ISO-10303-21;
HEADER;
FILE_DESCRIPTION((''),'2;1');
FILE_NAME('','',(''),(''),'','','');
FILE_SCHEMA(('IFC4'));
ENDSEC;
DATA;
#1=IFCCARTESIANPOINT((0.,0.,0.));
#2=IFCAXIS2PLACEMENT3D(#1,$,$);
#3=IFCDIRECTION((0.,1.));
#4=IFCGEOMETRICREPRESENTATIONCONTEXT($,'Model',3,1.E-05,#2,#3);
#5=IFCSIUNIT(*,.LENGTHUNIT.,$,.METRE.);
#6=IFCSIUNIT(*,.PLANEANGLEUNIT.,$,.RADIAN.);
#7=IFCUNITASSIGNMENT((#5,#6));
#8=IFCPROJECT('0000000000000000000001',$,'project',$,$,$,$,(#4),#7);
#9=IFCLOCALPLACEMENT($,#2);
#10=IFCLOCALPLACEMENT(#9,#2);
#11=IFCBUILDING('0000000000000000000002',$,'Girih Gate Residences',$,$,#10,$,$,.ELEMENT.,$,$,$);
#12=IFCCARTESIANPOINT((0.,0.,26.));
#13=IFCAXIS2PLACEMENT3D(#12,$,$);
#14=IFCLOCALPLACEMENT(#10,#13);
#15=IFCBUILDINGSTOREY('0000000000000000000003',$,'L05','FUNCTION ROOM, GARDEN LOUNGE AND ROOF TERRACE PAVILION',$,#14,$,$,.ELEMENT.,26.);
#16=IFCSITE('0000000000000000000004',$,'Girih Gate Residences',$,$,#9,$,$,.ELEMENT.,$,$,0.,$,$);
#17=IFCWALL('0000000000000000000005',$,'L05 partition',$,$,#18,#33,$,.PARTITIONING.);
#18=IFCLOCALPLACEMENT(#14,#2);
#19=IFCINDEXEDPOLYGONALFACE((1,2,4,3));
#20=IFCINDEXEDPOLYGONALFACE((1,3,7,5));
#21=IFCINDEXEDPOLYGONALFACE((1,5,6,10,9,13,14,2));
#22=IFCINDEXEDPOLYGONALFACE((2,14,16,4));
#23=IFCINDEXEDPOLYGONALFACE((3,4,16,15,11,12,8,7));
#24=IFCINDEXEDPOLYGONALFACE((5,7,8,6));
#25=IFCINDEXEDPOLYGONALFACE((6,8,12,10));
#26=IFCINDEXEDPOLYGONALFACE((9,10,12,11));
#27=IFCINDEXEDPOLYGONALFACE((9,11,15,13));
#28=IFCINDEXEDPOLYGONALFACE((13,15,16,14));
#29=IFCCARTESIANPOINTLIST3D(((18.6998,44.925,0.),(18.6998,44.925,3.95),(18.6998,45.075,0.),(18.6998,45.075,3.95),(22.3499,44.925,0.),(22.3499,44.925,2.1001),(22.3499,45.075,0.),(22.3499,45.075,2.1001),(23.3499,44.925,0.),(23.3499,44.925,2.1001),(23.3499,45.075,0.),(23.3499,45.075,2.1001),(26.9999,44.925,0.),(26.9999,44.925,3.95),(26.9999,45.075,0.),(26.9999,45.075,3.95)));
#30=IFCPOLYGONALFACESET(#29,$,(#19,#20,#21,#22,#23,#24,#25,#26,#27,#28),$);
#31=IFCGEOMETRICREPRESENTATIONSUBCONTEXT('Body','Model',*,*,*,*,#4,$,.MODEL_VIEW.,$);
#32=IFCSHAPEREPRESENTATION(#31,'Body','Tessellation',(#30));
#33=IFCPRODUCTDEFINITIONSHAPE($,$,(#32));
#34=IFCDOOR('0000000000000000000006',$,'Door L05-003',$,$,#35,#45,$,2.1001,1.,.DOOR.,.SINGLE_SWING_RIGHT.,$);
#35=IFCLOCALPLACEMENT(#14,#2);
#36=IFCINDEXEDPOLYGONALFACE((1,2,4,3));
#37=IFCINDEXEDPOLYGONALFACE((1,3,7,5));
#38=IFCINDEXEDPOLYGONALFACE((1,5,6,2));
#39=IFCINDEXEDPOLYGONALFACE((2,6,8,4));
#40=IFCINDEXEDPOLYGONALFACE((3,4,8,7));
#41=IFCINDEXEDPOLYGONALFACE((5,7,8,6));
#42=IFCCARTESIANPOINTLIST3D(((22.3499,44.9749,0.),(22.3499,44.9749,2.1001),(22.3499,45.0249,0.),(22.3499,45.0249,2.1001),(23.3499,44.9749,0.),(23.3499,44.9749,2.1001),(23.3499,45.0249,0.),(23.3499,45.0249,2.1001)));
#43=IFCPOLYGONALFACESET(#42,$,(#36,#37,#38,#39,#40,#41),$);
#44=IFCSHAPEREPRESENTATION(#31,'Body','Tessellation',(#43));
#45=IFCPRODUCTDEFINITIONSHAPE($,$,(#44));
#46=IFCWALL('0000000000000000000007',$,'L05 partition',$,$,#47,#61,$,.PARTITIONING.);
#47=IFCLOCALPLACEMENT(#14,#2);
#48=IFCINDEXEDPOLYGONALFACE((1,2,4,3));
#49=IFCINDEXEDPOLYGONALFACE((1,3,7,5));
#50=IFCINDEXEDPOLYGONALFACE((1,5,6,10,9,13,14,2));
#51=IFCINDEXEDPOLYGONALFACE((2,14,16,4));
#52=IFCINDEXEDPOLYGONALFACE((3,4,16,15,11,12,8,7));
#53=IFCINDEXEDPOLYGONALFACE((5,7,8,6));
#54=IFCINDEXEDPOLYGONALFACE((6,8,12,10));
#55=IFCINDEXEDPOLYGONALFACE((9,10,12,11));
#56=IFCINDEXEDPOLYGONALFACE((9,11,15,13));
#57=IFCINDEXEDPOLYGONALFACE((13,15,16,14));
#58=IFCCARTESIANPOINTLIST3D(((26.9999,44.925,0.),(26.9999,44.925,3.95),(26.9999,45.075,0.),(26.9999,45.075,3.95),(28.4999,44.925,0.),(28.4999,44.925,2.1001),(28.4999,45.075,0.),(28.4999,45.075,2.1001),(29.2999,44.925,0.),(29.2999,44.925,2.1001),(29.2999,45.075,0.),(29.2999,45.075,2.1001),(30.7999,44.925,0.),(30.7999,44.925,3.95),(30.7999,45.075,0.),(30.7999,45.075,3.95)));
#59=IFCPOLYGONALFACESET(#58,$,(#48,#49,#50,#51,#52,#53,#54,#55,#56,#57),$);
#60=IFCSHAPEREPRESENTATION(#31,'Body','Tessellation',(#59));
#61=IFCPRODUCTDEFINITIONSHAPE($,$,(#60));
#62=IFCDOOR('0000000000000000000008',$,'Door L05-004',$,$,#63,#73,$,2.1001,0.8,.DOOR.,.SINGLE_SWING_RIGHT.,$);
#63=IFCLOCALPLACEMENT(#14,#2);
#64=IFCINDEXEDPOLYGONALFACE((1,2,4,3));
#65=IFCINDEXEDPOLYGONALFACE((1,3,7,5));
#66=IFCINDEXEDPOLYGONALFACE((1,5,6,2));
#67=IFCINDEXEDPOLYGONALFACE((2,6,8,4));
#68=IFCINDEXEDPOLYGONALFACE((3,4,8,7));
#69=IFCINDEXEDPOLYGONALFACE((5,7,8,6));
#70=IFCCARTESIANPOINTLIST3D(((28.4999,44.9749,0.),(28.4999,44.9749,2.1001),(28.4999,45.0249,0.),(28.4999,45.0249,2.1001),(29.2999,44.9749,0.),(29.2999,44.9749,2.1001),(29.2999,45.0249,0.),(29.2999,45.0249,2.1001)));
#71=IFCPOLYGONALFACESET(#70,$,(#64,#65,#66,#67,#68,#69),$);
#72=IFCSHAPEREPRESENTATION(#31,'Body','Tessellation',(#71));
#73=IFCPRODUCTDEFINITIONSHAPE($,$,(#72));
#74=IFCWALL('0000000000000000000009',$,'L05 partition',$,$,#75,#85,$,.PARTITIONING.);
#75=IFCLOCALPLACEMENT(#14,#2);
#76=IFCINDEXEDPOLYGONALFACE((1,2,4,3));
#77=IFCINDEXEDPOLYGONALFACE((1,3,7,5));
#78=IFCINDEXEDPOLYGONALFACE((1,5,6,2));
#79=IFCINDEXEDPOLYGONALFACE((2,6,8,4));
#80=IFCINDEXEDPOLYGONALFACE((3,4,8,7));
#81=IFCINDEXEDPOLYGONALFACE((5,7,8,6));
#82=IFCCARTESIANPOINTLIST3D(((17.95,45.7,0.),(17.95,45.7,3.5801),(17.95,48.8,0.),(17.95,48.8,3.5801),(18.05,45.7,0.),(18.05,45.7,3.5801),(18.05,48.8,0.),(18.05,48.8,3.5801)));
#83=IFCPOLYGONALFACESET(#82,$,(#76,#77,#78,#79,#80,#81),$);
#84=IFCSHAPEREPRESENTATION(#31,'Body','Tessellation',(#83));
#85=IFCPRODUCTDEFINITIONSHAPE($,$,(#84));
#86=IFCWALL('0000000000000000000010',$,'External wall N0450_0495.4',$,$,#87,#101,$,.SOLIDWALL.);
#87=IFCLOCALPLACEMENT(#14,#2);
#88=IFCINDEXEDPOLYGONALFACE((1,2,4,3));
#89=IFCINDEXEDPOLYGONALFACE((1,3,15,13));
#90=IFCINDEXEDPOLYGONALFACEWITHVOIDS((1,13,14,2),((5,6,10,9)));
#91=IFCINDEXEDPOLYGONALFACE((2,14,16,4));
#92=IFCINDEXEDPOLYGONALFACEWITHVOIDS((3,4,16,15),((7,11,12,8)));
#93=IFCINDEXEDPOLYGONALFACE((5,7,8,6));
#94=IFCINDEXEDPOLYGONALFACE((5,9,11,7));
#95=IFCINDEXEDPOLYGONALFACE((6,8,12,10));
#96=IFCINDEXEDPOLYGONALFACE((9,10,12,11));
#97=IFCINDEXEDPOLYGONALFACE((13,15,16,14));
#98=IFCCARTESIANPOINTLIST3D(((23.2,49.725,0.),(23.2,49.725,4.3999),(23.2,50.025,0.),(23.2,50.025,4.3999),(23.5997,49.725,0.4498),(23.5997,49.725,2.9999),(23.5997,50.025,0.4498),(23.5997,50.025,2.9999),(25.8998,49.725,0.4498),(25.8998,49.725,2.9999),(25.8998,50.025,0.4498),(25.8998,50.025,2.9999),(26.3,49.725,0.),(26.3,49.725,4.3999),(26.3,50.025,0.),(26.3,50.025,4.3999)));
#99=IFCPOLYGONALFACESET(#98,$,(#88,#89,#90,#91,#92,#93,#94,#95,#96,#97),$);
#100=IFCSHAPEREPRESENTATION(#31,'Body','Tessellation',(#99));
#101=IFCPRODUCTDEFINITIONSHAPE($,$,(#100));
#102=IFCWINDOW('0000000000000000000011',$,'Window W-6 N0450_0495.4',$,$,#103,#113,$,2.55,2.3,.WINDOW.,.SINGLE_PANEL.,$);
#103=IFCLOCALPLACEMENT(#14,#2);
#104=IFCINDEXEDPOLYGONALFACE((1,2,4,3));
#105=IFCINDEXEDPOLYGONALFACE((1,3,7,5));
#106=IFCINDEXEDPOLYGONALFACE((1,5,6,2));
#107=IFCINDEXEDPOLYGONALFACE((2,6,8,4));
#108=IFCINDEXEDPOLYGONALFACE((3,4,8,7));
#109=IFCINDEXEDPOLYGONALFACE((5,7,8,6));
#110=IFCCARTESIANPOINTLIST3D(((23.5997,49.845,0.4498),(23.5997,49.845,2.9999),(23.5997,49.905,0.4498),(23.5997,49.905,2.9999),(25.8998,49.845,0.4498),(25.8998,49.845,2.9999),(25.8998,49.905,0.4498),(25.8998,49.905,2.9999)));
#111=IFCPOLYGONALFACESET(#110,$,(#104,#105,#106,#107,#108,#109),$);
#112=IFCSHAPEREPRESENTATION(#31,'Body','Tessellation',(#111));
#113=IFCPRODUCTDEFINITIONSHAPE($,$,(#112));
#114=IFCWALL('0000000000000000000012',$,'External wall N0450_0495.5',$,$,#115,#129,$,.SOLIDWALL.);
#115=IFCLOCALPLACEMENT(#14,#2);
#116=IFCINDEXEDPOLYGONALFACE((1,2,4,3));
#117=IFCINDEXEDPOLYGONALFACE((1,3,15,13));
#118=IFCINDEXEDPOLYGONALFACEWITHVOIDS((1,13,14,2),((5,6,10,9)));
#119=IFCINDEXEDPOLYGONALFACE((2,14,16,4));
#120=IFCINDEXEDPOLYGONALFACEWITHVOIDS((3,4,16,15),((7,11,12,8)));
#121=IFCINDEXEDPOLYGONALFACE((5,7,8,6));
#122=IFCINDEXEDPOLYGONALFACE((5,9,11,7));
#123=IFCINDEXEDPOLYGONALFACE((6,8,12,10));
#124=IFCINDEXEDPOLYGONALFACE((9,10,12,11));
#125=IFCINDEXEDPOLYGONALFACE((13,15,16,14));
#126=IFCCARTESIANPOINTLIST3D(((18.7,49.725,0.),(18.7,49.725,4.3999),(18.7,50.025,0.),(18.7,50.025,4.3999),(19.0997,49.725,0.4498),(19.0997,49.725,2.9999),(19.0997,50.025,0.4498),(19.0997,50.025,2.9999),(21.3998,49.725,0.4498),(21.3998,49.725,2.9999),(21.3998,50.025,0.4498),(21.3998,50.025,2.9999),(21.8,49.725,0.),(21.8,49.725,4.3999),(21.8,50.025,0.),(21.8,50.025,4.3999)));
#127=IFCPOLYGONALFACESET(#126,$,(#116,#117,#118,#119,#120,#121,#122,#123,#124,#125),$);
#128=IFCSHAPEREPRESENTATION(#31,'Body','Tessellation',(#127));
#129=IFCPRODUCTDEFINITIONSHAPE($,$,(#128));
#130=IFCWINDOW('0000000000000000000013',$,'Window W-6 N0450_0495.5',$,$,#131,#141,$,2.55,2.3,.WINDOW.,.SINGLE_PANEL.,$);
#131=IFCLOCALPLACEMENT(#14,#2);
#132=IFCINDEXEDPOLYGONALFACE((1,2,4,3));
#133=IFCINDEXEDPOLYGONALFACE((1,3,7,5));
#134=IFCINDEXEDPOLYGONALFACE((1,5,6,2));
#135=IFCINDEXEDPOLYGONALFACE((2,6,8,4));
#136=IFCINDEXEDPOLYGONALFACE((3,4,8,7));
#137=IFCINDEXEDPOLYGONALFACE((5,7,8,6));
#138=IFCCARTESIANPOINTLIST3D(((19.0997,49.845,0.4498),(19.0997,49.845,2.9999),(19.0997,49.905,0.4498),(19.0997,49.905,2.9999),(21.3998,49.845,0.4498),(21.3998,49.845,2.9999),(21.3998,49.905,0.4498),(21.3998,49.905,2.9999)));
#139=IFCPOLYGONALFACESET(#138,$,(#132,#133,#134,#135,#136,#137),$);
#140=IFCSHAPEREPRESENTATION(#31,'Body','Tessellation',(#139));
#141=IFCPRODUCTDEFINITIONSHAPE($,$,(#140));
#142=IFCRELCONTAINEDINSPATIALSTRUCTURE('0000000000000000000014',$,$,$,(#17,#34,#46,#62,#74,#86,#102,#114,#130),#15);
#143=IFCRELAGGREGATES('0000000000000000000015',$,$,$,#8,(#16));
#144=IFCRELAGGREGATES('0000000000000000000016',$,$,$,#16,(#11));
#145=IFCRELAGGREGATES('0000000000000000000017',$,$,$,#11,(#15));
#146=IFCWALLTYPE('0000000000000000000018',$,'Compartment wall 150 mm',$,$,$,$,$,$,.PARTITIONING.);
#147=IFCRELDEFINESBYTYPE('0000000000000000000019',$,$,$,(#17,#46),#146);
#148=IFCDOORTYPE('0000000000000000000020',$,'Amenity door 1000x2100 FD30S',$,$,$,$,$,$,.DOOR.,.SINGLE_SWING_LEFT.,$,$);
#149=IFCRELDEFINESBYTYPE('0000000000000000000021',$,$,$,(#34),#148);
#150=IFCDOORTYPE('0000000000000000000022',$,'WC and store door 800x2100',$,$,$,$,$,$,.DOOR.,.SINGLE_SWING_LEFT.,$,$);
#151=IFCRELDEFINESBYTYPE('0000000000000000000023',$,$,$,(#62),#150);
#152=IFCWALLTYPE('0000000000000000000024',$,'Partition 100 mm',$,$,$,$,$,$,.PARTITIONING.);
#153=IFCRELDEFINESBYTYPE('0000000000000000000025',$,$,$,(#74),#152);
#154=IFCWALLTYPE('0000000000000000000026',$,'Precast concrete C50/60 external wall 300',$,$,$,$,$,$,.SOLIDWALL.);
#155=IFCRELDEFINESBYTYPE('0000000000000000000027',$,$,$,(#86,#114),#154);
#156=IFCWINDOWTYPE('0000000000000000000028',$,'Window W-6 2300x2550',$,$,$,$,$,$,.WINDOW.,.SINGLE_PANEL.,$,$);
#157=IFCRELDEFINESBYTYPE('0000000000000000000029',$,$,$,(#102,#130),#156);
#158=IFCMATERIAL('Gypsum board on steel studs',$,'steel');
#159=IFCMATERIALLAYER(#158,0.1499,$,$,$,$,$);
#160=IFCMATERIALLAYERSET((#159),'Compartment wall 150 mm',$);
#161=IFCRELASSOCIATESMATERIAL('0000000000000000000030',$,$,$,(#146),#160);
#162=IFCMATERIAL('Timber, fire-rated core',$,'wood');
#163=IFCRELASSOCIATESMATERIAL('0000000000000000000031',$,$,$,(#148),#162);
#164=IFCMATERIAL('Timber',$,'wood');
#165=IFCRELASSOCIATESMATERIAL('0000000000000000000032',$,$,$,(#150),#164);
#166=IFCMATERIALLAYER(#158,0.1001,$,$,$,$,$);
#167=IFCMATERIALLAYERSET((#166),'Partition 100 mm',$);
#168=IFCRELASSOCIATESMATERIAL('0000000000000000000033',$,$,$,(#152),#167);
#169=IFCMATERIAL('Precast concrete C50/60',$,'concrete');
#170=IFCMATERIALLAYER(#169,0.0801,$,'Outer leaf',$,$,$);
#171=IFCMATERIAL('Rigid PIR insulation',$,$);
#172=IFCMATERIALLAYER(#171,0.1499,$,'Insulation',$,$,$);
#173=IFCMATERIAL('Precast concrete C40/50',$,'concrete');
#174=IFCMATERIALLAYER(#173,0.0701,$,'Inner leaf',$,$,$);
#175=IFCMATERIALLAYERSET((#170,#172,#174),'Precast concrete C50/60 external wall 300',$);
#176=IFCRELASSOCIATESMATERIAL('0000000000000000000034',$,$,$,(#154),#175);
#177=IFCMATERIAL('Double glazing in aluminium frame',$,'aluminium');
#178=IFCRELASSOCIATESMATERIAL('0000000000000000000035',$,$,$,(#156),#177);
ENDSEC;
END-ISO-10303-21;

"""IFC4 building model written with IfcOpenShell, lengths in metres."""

from ifc_helpers import new_model, si_unit, direction, frame, frame_2d, origin, place, context, subcontext, project, spatial, rectangle, extrude, material, layer, layer_set, type_object, element, fill, save


model = new_model("IFC4")

# Units and contexts
model_context = context("Model", 3, precision=1e-05, world=origin(), true_north=direction((0.0, 1.0)))
body_context = subcontext(model_context, "Body", "Model", "MODEL_VIEW")
ifc_project = project(units=[si_unit("LENGTHUNIT", "METRE"), si_unit("PLANEANGLEUNIT", "RADIAN")], contexts=[model_context])

# Site, building, storey
site_placement = place(None, origin())
site = spatial("IfcSite", under=ifc_project, at=site_placement, Name="Girih Gate Residences", CompositionType="ELEMENT", RefElevation=0.0)
building_placement = place(site_placement, origin())
building = spatial("IfcBuilding", under=site, at=building_placement, Name="Girih Gate Residences", CompositionType="ELEMENT")
storey_placement = place(building_placement, frame((0.0, 0.0, 26.0)))
storey = spatial("IfcBuildingStorey", under=building, at=storey_placement, Name="L05", Description="FUNCTION ROOM, GARDEN LOUNGE AND ROOF TERRACE PAVILION", CompositionType="ELEMENT", Elevation=26.0)

# Shared definitions
ifc_material_1 = material(Name="Gypsum board on steel studs", Category="steel")
ifc_layer_1 = layer(ifc_material_1, 0.1499)
ifc_layer_set_1 = layer_set([ifc_layer_1], Name="Compartment wall 150 mm")
wall_type_1 = type_object("IfcWallType", Name="Compartment wall 150 mm", PredefinedType="PARTITIONING", material=ifc_layer_set_1)

# Walls, openings, doors
wall_1_placement = place(storey_placement, frame((18.7, 45.0, 0.0), z_axis=(0.0, 0.0, 1.0), x_axis=(1.0, 0.0, 0.0)))
wall_1 = element("IfcWall", 1, at=wall_1_placement, inside=storey, type_object=wall_type_1, Name="L05 partition", PredefinedType="PARTITIONING", context=body_context, shape_type="SweptSolid", body=[
    extrude(rectangle(XDim=8.3, YDim=0.1499, at=frame_2d((4.1499, 0.0))), origin(), (0.0, 0.0, 1.0), 3.95),
])
opening_1_placement = place(wall_1_placement, frame((3.6499, 0.0, 0.0)))
opening_1 = element("IfcOpeningElement", 2, at=opening_1_placement, cuts=wall_1, PredefinedType="OPENING", context=body_context, shape_type="SweptSolid", body=[
    extrude(rectangle(XDim=1.0, YDim=2.1001, at=frame_2d((0.5, 1.05))), frame((0.0, 0.085, 0.0), z_axis=(0.0, -1.0, 0.0), x_axis=(1.0, 0.0, 0.0)), (0.0, 0.0, 1.0), 0.1699),
])
ifc_material_2 = material(Name="Timber, fire-rated core", Category="wood")
door_type_1 = type_object("IfcDoorType", Name="Amenity door 1000x2100 FD30S", OperationType="SINGLE_SWING_LEFT", PredefinedType="DOOR", material=ifc_material_2)
door_1_placement = place(opening_1_placement, origin())
door_1 = element("IfcDoor", 3, at=door_1_placement, inside=storey, type_object=door_type_1, Name="Door L05-003", OperationType="SINGLE_SWING_RIGHT", OverallHeight=2.1001, OverallWidth=1.0, PredefinedType="DOOR", context=body_context, shape_type="SweptSolid", body=[
    extrude(rectangle(XDim=1.0, YDim=2.1001, at=frame_2d((0.5, 1.05))), frame((0.0, 0.0249, 0.0), z_axis=(0.0, -1.0, 0.0), x_axis=(1.0, 0.0, 0.0)), (0.0, 0.0, 1.0), 0.05),
])
fill(opening_1, door_1)
wall_2_placement = place(storey_placement, frame((27.0, 45.0, 0.0), z_axis=(0.0, 0.0, 1.0), x_axis=(1.0, 0.0, 0.0)))
wall_2 = element("IfcWall", 4, at=wall_2_placement, inside=storey, type_object=wall_type_1, Name="L05 partition", PredefinedType="PARTITIONING", context=body_context, shape_type="SweptSolid", body=[
    extrude(rectangle(XDim=3.8, YDim=0.1499, at=frame_2d((1.8999, 0.0))), origin(), (0.0, 0.0, 1.0), 3.95),
])
opening_2_placement = place(wall_2_placement, frame((1.5, 0.0, 0.0)))
opening_2 = element("IfcOpeningElement", 5, at=opening_2_placement, cuts=wall_2, PredefinedType="OPENING", context=body_context, shape_type="SweptSolid", body=[
    extrude(rectangle(XDim=0.8, YDim=2.1001, at=frame_2d((0.3999, 1.05))), frame((0.0, 0.085, 0.0), z_axis=(0.0, -1.0, 0.0), x_axis=(1.0, 0.0, 0.0)), (0.0, 0.0, 1.0), 0.1699),
])
ifc_material_3 = material(Name="Timber", Category="wood")
door_type_2 = type_object("IfcDoorType", Name="WC and store door 800x2100", OperationType="SINGLE_SWING_LEFT", PredefinedType="DOOR", material=ifc_material_3)
door_2_placement = place(opening_2_placement, origin())
door_2 = element("IfcDoor", 6, at=door_2_placement, inside=storey, type_object=door_type_2, Name="Door L05-004", OperationType="SINGLE_SWING_RIGHT", OverallHeight=2.1001, OverallWidth=0.8, PredefinedType="DOOR", context=body_context, shape_type="SweptSolid", body=[
    extrude(rectangle(XDim=0.8, YDim=2.1001, at=frame_2d((0.3999, 1.05))), frame((0.0, 0.0249, 0.0), z_axis=(0.0, -1.0, 0.0), x_axis=(1.0, 0.0, 0.0)), (0.0, 0.0, 1.0), 0.05),
])
fill(opening_2, door_2)

# Wall
ifc_layer_2 = layer(ifc_material_1, 0.1001)
ifc_layer_set_2 = layer_set([ifc_layer_2], Name="Partition 100 mm")
wall_type_2 = type_object("IfcWallType", Name="Partition 100 mm", PredefinedType="PARTITIONING", material=ifc_layer_set_2)
wall_3_placement = place(storey_placement, frame((18.0, 45.7, 0.0), z_axis=(0.0, 0.0, 1.0), x_axis=(0.0, 1.0, 0.0)))
element("IfcWall", 7, at=wall_3_placement, inside=storey, type_object=wall_type_2, Name="L05 partition", PredefinedType="PARTITIONING", context=body_context, shape_type="SweptSolid", body=[
    extrude(rectangle(XDim=3.1001, YDim=0.1001, at=frame_2d((1.55, 0.0))), origin(), (0.0, 0.0, 1.0), 3.5801),
])

# Walls, openings, windows
ifc_material_4 = material(Name="Precast concrete C50/60", Category="concrete")
ifc_layer_3 = layer(ifc_material_4, 0.0801, Name="Outer leaf")
ifc_material_5 = material(Name="Rigid PIR insulation")
ifc_layer_4 = layer(ifc_material_5, 0.1499, Name="Insulation")
ifc_material_6 = material(Name="Precast concrete C40/50", Category="concrete")
ifc_layer_5 = layer(ifc_material_6, 0.0701, Name="Inner leaf")
ifc_layer_set_3 = layer_set([ifc_layer_3, ifc_layer_4, ifc_layer_5], Name="Precast concrete C50/60 external wall 300")
wall_type_3 = type_object("IfcWallType", Name="Precast concrete C50/60 external wall 300", PredefinedType="SOLIDWALL", material=ifc_layer_set_3)
wall_4_placement = place(storey_placement, frame((23.2, 49.875, 0.0), z_axis=(0.0, 0.0, 1.0), x_axis=(1.0, 0.0, 0.0)))
wall_4 = element("IfcWall", 8, at=wall_4_placement, inside=storey, type_object=wall_type_3, Name="External wall N0450_0495.4", PredefinedType="SOLIDWALL", context=body_context, shape_type="SweptSolid", body=[
    extrude(rectangle(XDim=3.1001, YDim=0.3, at=frame_2d((1.55, 0.0))), origin(), (0.0, 0.0, 1.0), 4.3999),
])
opening_3_placement = place(wall_4_placement, frame((0.3999, 0.0, 0.45)))
opening_3 = element("IfcOpeningElement", 9, at=opening_3_placement, cuts=wall_4, PredefinedType="OPENING", context=body_context, shape_type="SweptSolid", body=[
    extrude(rectangle(XDim=2.3, YDim=2.55, at=frame_2d((1.1499, 1.2749))), frame((0.0, 0.1599, 0.0), z_axis=(0.0, -1.0, 0.0), x_axis=(1.0, 0.0, 0.0)), (0.0, 0.0, 1.0), 0.3201),
])
ifc_material_7 = material(Name="Double glazing in aluminium frame", Category="aluminium")
window_type = type_object("IfcWindowType", Name="Window W-6 2300x2550", PartitioningType="SINGLE_PANEL", PredefinedType="WINDOW", material=ifc_material_7)
window_1_placement = place(opening_3_placement, origin())
window_1 = element("IfcWindow", 10, at=window_1_placement, inside=storey, type_object=window_type, Name="Window W-6 N0450_0495.4", OverallHeight=2.55, OverallWidth=2.3, PartitioningType="SINGLE_PANEL", PredefinedType="WINDOW", context=body_context, shape_type="SweptSolid", body=[
    extrude(rectangle(XDim=2.3, YDim=2.55, at=frame_2d((1.1499, 1.2749))), frame((0.0, 0.03, 0.0), z_axis=(0.0, -1.0, 0.0), x_axis=(1.0, 0.0, 0.0)), (0.0, 0.0, 1.0), 0.0601),
])
fill(opening_3, window_1)
wall_5_placement = place(storey_placement, frame((18.7, 49.875, 0.0), z_axis=(0.0, 0.0, 1.0), x_axis=(1.0, 0.0, 0.0)))
wall_5 = element("IfcWall", 11, at=wall_5_placement, inside=storey, type_object=wall_type_3, Name="External wall N0450_0495.5", PredefinedType="SOLIDWALL", context=body_context, shape_type="SweptSolid", body=[
    extrude(rectangle(XDim=3.1001, YDim=0.3, at=frame_2d((1.55, 0.0))), origin(), (0.0, 0.0, 1.0), 4.3999),
])
opening_4_placement = place(wall_5_placement, frame((0.3999, 0.0, 0.45)))
opening_4 = element("IfcOpeningElement", 12, at=opening_4_placement, cuts=wall_5, PredefinedType="OPENING", context=body_context, shape_type="SweptSolid", body=[
    extrude(rectangle(XDim=2.3, YDim=2.55, at=frame_2d((1.1499, 1.2749))), frame((0.0, 0.1599, 0.0), z_axis=(0.0, -1.0, 0.0), x_axis=(1.0, 0.0, 0.0)), (0.0, 0.0, 1.0), 0.3201),
])
window_2_placement = place(opening_4_placement, origin())
window_2 = element("IfcWindow", 13, at=window_2_placement, inside=storey, type_object=window_type, Name="Window W-6 N0450_0495.5", OverallHeight=2.55, OverallWidth=2.3, PartitioningType="SINGLE_PANEL", PredefinedType="WINDOW", context=body_context, shape_type="SweptSolid", body=[
    extrude(rectangle(XDim=2.3, YDim=2.55, at=frame_2d((1.1499, 1.2749))), frame((0.0, 0.03, 0.0), z_axis=(0.0, -1.0, 0.0), x_axis=(1.0, 0.0, 0.0)), (0.0, 0.0, 1.0), 0.0601),
])
fill(opening_4, window_2)

save(model, "model.ifc")
